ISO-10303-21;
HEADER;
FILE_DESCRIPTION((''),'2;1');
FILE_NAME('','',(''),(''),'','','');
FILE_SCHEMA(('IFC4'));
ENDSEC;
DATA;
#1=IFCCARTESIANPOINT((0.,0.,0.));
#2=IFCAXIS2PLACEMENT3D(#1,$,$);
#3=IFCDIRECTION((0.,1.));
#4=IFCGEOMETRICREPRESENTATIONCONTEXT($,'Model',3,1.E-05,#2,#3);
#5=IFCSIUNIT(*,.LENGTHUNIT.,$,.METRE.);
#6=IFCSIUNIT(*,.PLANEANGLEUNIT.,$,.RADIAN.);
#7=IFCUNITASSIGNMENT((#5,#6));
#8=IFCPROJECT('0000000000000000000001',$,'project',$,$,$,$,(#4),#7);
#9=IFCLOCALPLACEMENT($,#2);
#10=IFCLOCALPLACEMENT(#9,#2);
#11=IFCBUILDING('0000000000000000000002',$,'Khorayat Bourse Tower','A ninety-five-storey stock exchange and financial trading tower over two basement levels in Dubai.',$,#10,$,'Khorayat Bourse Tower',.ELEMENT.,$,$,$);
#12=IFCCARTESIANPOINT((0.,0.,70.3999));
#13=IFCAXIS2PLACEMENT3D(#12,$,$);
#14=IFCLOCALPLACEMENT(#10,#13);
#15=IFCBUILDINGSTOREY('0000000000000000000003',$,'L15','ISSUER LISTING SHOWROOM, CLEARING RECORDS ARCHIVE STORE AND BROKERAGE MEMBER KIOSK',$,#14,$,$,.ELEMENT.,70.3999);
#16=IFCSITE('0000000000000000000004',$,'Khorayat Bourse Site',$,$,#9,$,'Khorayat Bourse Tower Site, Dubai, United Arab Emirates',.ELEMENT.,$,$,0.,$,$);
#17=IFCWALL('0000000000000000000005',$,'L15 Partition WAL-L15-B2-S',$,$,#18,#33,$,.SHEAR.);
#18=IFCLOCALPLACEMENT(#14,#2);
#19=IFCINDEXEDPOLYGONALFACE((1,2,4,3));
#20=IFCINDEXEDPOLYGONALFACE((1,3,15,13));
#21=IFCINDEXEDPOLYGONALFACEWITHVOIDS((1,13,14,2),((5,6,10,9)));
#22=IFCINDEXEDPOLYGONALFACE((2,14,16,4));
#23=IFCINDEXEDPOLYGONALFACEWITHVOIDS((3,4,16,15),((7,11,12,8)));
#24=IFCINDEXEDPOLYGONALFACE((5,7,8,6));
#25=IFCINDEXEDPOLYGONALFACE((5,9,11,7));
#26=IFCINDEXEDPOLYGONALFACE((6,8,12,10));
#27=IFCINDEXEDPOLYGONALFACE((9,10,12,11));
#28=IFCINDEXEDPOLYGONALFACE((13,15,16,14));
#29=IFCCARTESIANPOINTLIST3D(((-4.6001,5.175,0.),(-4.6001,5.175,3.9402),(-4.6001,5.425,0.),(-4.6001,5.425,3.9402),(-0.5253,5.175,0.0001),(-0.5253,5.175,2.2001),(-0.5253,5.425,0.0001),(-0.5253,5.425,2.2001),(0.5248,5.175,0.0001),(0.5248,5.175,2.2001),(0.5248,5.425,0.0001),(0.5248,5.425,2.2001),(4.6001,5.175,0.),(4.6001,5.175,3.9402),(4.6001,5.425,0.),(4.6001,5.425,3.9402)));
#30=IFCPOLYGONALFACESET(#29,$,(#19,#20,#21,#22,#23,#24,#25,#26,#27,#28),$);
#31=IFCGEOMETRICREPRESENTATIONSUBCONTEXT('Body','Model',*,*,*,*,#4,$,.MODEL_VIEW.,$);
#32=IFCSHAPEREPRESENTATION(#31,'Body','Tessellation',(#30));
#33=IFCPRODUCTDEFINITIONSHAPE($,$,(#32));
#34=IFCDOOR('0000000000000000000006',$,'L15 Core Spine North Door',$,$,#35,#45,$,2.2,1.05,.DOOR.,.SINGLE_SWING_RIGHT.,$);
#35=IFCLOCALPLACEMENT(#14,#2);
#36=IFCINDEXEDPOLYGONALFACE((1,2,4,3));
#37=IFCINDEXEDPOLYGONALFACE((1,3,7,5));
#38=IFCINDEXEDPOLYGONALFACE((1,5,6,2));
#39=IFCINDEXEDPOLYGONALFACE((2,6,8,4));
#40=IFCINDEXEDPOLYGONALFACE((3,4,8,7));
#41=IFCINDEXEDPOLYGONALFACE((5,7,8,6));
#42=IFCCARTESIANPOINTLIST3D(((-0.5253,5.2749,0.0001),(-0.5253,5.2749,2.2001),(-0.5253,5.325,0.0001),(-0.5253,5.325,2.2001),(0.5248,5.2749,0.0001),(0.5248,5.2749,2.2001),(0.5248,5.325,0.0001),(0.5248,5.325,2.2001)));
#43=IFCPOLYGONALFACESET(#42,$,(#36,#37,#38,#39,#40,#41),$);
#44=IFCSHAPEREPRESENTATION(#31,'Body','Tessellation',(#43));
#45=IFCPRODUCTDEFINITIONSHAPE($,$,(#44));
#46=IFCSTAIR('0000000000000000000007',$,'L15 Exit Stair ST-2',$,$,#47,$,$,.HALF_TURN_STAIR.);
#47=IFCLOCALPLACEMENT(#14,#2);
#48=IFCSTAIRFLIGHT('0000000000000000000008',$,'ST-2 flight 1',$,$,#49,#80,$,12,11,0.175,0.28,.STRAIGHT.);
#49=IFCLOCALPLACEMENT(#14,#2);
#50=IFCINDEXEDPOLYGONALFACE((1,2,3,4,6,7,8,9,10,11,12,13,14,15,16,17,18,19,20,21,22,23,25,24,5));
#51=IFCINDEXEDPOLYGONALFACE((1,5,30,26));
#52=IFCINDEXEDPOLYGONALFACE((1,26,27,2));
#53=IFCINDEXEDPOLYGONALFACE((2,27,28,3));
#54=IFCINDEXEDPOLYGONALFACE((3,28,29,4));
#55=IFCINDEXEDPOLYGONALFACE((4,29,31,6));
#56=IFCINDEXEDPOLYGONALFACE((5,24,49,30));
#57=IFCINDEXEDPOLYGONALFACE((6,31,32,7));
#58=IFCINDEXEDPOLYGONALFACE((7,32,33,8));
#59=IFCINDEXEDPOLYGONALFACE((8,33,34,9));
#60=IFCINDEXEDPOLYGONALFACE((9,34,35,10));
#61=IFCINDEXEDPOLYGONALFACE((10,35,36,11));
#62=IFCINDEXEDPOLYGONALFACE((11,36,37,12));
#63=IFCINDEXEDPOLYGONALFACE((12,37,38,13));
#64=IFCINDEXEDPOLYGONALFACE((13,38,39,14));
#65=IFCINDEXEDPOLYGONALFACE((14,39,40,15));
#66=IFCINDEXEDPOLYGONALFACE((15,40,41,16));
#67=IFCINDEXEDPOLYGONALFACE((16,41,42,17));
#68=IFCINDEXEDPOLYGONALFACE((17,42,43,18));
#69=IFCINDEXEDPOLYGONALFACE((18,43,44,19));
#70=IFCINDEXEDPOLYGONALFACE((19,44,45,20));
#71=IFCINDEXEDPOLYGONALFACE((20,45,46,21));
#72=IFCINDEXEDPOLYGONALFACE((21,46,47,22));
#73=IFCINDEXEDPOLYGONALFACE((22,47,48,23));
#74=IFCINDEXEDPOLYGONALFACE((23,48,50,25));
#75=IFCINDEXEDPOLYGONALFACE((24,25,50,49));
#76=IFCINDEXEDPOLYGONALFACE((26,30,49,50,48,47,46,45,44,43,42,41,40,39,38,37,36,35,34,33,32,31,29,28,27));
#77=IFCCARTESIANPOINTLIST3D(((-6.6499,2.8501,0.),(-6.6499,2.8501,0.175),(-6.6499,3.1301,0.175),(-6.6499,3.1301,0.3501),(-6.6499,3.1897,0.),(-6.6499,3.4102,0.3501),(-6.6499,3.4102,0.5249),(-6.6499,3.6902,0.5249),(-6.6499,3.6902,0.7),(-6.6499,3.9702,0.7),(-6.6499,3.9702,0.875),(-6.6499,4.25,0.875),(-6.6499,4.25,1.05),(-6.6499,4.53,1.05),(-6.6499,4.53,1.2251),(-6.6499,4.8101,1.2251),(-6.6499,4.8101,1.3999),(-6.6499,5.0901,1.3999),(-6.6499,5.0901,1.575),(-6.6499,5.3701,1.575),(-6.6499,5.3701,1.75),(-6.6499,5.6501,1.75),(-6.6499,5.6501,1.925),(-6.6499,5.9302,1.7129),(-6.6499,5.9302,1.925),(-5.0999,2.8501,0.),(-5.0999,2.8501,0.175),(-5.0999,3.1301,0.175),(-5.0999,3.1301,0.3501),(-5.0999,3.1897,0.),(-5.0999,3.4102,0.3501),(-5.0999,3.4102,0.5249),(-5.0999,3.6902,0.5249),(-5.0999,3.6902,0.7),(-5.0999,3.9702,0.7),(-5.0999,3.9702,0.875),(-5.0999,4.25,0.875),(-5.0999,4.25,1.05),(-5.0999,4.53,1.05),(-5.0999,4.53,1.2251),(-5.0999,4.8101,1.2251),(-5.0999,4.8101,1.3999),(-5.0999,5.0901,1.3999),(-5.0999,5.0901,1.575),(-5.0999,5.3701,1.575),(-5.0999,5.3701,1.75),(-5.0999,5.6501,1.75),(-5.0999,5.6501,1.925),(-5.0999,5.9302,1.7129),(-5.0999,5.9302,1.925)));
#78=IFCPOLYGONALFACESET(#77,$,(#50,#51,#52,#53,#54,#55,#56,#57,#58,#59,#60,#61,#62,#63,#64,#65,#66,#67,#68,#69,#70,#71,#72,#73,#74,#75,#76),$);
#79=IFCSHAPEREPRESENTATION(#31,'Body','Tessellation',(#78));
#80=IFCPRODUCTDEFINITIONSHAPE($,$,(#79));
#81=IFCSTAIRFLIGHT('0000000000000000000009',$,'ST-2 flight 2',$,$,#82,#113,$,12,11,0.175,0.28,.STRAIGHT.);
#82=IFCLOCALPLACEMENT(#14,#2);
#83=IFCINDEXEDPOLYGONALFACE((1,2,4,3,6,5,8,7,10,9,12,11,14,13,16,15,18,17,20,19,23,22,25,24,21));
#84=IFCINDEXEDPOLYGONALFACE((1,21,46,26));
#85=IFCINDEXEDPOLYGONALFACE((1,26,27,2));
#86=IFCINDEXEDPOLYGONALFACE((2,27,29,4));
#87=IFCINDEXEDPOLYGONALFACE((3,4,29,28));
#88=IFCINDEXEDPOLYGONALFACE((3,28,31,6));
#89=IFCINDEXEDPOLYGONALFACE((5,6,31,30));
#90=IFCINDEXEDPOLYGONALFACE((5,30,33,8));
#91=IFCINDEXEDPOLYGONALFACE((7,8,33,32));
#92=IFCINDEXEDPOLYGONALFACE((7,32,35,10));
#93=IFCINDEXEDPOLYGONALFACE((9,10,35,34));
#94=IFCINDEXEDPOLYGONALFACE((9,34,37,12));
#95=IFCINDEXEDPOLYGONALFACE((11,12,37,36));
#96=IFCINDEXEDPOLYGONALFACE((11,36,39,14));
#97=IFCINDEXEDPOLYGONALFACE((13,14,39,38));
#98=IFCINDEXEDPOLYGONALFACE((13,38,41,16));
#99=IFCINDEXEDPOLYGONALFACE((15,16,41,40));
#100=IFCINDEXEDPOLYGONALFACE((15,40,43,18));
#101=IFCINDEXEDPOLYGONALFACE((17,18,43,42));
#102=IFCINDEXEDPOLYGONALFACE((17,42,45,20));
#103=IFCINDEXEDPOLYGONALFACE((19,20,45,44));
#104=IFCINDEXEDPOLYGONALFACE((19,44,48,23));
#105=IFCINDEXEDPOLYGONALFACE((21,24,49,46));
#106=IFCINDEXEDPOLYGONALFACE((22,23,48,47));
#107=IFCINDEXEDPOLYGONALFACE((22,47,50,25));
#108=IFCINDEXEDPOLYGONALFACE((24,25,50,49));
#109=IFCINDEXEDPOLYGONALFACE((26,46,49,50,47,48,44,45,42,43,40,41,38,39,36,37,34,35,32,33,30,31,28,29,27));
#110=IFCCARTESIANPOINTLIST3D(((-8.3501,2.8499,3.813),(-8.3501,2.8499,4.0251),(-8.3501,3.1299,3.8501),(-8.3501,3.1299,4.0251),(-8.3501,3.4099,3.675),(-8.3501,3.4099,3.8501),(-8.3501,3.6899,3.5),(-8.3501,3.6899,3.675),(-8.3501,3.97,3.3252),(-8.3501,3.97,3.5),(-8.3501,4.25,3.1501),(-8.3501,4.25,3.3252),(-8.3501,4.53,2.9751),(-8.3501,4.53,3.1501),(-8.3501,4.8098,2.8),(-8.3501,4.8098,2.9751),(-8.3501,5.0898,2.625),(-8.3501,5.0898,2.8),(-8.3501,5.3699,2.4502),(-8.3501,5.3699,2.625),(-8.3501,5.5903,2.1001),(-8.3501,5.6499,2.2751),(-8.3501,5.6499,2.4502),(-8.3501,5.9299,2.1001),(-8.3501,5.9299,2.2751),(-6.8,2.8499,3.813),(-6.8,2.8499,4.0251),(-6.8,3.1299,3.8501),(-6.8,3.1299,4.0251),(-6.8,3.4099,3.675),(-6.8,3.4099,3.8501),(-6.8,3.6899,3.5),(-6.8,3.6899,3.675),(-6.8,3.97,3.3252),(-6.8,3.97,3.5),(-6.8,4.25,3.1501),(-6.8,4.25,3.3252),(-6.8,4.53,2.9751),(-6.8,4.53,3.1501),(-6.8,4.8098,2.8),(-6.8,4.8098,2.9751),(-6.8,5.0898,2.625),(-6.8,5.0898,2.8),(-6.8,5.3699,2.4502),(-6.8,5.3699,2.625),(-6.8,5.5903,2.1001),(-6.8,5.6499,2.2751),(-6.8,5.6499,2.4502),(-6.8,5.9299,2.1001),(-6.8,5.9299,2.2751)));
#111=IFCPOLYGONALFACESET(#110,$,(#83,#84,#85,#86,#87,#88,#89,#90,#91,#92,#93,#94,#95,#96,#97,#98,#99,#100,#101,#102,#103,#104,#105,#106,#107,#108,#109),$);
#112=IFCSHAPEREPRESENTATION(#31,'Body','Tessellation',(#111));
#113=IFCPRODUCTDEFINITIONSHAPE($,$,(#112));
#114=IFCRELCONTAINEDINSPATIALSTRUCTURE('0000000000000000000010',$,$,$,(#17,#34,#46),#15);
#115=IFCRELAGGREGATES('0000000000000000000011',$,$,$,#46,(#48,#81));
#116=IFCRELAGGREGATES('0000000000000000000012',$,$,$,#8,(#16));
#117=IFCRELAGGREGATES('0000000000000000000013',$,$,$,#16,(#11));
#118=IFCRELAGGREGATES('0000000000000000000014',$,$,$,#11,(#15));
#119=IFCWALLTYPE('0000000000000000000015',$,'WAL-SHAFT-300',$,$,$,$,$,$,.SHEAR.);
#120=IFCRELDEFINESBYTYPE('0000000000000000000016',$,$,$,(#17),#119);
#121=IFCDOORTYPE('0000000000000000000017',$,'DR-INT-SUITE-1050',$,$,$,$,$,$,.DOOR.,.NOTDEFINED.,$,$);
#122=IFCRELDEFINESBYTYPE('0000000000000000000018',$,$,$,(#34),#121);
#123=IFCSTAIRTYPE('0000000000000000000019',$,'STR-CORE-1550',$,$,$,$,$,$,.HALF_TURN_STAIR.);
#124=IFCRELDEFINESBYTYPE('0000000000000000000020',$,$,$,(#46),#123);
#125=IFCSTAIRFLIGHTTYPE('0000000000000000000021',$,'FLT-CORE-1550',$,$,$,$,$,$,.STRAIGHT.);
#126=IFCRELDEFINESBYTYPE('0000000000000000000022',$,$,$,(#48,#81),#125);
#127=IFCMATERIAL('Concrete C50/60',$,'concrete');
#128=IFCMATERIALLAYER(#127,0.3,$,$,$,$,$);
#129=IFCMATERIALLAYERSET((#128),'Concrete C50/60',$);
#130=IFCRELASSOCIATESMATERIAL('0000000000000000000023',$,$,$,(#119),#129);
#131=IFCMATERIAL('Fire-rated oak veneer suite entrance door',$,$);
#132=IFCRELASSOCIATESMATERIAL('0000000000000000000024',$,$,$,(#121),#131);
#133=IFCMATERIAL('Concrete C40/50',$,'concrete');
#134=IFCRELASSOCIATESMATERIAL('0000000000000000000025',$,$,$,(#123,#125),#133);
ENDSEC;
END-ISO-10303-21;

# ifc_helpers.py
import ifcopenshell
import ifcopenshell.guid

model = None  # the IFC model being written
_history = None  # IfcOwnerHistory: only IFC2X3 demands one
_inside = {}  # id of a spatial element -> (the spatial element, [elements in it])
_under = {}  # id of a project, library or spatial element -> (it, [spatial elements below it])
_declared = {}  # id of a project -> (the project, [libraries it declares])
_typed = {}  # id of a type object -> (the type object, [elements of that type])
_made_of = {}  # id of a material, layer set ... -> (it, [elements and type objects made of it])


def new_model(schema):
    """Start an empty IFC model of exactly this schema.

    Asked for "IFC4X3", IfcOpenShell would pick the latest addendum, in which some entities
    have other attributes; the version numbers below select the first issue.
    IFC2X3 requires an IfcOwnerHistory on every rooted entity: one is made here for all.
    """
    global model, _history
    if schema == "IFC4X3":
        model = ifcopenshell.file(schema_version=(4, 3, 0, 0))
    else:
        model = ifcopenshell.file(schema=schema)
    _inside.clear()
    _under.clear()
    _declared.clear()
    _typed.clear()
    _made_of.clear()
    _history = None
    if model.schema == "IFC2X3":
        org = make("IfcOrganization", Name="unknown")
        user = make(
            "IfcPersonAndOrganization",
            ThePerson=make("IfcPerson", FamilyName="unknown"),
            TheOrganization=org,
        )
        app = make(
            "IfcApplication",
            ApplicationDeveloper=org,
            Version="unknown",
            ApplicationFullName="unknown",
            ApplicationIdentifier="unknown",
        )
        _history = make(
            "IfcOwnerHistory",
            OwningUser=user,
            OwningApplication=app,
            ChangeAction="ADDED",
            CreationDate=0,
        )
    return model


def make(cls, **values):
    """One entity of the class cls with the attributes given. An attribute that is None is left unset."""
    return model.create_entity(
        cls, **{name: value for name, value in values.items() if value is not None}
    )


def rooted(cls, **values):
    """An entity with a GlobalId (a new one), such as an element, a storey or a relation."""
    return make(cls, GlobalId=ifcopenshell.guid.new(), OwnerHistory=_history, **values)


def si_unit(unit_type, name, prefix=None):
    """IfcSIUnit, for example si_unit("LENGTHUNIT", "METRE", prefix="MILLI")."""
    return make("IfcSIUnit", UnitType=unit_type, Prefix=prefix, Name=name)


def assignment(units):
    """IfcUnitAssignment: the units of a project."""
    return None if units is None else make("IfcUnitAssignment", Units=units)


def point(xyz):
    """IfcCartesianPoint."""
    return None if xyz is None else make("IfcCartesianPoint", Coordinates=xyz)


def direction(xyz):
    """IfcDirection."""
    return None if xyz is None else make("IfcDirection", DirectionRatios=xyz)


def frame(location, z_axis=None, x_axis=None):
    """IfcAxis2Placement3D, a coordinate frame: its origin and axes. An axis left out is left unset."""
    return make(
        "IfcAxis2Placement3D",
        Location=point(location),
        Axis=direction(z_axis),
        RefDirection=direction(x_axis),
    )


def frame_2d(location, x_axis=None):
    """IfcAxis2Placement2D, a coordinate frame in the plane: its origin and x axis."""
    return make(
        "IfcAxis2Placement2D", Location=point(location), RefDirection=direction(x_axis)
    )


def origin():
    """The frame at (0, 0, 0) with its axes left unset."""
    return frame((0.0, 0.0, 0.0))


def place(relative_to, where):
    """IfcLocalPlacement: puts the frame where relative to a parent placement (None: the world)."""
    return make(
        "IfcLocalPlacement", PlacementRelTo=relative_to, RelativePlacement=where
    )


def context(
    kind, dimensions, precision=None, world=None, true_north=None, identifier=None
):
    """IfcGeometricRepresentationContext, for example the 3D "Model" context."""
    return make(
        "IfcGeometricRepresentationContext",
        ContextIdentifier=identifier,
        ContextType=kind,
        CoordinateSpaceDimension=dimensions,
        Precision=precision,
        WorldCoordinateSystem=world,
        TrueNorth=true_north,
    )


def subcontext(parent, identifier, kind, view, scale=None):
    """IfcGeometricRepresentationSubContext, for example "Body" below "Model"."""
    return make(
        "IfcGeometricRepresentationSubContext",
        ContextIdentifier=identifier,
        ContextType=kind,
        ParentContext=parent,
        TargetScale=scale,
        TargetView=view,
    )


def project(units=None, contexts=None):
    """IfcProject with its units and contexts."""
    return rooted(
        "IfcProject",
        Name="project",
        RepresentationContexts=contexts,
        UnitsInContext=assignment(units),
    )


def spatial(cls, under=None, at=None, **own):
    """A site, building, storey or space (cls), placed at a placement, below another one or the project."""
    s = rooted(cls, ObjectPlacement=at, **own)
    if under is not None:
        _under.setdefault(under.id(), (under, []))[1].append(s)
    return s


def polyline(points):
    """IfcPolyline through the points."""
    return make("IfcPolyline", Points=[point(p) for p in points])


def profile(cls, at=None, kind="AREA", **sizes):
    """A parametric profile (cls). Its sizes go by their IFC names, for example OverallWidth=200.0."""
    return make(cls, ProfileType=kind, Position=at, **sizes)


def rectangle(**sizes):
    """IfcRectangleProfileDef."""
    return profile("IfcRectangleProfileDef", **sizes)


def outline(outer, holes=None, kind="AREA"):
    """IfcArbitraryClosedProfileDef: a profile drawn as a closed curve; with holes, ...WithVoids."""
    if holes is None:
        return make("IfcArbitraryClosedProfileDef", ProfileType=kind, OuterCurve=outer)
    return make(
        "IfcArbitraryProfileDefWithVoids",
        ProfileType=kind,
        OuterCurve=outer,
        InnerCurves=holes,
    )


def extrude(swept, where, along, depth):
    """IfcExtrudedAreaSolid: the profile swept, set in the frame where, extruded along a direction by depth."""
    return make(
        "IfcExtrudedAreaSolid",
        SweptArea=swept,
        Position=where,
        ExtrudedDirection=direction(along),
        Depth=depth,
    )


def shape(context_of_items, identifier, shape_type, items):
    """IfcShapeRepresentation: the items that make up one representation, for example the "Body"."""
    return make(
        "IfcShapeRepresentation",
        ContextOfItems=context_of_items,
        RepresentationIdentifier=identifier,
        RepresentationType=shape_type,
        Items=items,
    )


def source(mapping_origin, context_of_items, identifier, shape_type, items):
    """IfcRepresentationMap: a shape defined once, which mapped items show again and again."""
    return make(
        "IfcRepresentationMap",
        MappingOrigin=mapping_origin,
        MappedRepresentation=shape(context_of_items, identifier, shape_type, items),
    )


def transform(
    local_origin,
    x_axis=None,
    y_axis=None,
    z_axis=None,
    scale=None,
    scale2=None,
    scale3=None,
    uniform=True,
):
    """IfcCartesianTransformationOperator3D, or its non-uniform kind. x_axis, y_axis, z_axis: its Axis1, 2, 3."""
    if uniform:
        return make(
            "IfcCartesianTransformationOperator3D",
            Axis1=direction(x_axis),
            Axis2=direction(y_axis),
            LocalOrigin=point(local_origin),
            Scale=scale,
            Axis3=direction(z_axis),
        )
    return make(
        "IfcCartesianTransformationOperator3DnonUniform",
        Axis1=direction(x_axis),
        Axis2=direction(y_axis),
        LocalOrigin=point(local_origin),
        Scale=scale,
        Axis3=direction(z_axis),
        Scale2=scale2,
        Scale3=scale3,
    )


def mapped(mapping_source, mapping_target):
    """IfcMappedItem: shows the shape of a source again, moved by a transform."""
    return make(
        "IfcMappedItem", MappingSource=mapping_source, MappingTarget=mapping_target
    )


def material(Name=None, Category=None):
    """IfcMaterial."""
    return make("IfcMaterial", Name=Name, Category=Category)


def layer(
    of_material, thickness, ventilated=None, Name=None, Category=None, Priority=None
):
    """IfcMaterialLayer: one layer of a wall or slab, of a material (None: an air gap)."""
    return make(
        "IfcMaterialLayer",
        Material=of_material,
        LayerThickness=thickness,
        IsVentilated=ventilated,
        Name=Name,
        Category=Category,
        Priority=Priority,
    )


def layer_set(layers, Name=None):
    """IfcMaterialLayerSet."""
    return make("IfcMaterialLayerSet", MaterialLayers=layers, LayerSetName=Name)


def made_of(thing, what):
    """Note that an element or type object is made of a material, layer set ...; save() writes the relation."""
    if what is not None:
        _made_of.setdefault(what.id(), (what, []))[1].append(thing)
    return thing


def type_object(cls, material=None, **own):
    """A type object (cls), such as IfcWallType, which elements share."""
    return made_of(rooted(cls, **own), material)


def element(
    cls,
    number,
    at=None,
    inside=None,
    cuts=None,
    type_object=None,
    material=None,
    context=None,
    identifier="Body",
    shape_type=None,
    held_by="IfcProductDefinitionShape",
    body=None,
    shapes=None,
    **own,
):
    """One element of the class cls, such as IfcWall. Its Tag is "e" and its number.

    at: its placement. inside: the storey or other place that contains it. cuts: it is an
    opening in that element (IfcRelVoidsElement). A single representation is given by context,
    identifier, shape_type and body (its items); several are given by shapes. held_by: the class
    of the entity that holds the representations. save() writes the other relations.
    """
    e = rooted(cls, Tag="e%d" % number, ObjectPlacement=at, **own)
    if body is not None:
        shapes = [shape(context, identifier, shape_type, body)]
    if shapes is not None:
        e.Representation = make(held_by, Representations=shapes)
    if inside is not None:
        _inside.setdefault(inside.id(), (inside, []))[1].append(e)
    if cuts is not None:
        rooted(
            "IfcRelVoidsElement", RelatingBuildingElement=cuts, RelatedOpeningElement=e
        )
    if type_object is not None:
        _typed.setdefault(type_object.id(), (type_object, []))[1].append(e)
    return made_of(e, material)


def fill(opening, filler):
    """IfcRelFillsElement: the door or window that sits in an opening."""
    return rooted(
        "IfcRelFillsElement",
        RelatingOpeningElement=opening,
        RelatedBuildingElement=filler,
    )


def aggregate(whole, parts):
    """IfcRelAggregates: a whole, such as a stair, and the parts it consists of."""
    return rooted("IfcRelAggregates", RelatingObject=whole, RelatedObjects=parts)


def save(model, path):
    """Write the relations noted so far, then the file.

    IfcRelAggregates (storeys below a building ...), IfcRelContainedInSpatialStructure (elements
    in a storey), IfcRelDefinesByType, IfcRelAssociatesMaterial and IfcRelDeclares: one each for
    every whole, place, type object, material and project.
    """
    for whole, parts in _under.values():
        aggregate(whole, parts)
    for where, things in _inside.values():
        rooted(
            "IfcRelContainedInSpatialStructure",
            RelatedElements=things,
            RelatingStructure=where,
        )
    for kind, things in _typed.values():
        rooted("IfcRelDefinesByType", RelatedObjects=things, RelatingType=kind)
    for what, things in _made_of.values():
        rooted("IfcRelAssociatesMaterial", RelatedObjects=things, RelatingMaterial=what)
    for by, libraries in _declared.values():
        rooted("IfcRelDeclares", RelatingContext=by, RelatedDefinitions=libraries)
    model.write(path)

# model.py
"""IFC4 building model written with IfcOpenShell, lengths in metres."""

from ifc_helpers import new_model, si_unit, direction, frame, frame_2d, origin, place, context, subcontext, project, spatial, polyline, rectangle, outline, extrude, source, transform, mapped, material, layer, layer_set, type_object, element, fill, aggregate, save


model = new_model("IFC4")

# Units and contexts
model_context = context("Model", 3, precision=1e-05, world=origin(), true_north=direction((0.0, 1.0)))
body_context = subcontext(model_context, "Body", "Model", "MODEL_VIEW")
ifc_project = project(units=[si_unit("LENGTHUNIT", "METRE"), si_unit("PLANEANGLEUNIT", "RADIAN")], contexts=[model_context])

# Site, building, storey
site_placement = place(None, origin())
site = spatial("IfcSite", under=ifc_project, at=site_placement, Name="Khorayat Bourse Site", LongName="Khorayat Bourse Tower Site, Dubai, United Arab Emirates", CompositionType="ELEMENT", RefElevation=0.0)
building_placement = place(site_placement, origin())
building = spatial("IfcBuilding", under=site, at=building_placement, Name="Khorayat Bourse Tower", Description="A ninety-five-storey stock exchange and financial trading tower over two basement levels in Dubai.", LongName="Khorayat Bourse Tower", CompositionType="ELEMENT")
storey_placement = place(building_placement, frame((0.0, 0.0, 70.3999)))
storey = spatial("IfcBuildingStorey", under=building, at=storey_placement, Name="L15", Description="ISSUER LISTING SHOWROOM, CLEARING RECORDS ARCHIVE STORE AND BROKERAGE MEMBER KIOSK", CompositionType="ELEMENT", Elevation=70.3999)

# Shared definitions
ifc_material_1 = material(Name="Concrete C50/60", Category="concrete")
ifc_layer_1 = layer(ifc_material_1, 0.3)
ifc_layer_set_1 = layer_set([ifc_layer_1], Name="Concrete C50/60")
wall_type_1 = type_object("IfcWallType", Name="WAL-SHAFT-300", PredefinedType="SHEAR", material=ifc_layer_set_1)

# Wall, opening, door
shared_shape_1 = source(origin(), body_context, "Body", "SweptSolid", [
    extrude(rectangle(XDim=9.2002, YDim=0.25, at=frame_2d((4.6001, 0.0))), origin(), (0.0, 0.0, 1.0), 3.9402),
])
wall_1_placement = place(storey_placement, frame((-4.6001, 5.3, 0.0), z_axis=(0.0, 0.0, 1.0), x_axis=(1.0, 0.0, 0.0)))
wall_1 = element("IfcWall", 1, at=wall_1_placement, inside=storey, type_object=wall_type_1, Name="L15 Partition WAL-L15-B2-S", PredefinedType="SHEAR", context=body_context, shape_type="MappedRepresentation", body=[
    mapped(shared_shape_1, transform((0.0, 0.0, 0.0), scale=1.0)),
])
shared_shape_2 = source(origin(), body_context, "Body", "SweptSolid", [
    extrude(rectangle(XDim=1.05, YDim=2.2, at=frame_2d((0.5249, 1.1001))), frame((0.0, 0.135, 0.0), z_axis=(0.0, -1.0, 0.0), x_axis=(1.0, 0.0, 0.0)), (0.0, 0.0, 1.0), 0.27),
])
opening_placement = place(wall_1_placement, frame((4.075, 0.0, 0.0)))
opening = element("IfcOpeningElement", 2, at=opening_placement, cuts=wall_1, PredefinedType="OPENING", context=body_context, shape_type="MappedRepresentation", body=[
    mapped(shared_shape_2, transform((0.0, 0.0, 0.0), scale=1.0)),
])
ifc_material_2 = material(Name="Fire-rated oak veneer suite entrance door")
door_type = type_object("IfcDoorType", Name="DR-INT-SUITE-1050", OperationType="NOTDEFINED", PredefinedType="DOOR", material=ifc_material_2)
shared_shape_3 = source(origin(), body_context, "Body", "SweptSolid", [
    extrude(rectangle(XDim=1.05, YDim=2.2, at=frame_2d((0.5249, 1.1001))), frame((0.0, 0.0249, 0.0), z_axis=(0.0, -1.0, 0.0), x_axis=(1.0, 0.0, 0.0)), (0.0, 0.0, 1.0), 0.05),
])
door_placement = place(opening_placement, origin())
door = element("IfcDoor", 3, at=door_placement, inside=storey, type_object=door_type, Name="L15 Core Spine North Door", OperationType="SINGLE_SWING_RIGHT", OverallHeight=2.2, OverallWidth=1.05, PredefinedType="DOOR", context=body_context, shape_type="MappedRepresentation", body=[
    mapped(shared_shape_3, transform((0.0, 0.0, 0.0), scale=1.0)),
])
fill(opening, door)

# Stair, stair flights
ifc_material_3 = material(Name="Concrete C40/50", Category="concrete")
stair_type = type_object("IfcStairType", Name="STR-CORE-1550", PredefinedType="HALF_TURN_STAIR", material=ifc_material_3)
stair_placement = place(storey_placement, origin())
stair = element("IfcStair", 4, at=stair_placement, inside=storey, type_object=stair_type, Name="L15 Exit Stair ST-2", PredefinedType="HALF_TURN_STAIR")
stair_flight_type = type_object("IfcStairFlightType", Name="FLT-CORE-1550", PredefinedType="STRAIGHT", material=ifc_material_3)
shared_shape_4 = source(origin(), body_context, "Body", "SweptSolid", [
    extrude(outline(polyline([(0.0, 0.0), (0.0, 0.175), (0.28, 0.175), (0.28, 0.3501), (0.5601, 0.3501), (0.5601, 0.5249), (0.8401, 0.5249), (0.8401, 0.7), (1.1201, 0.7), (1.1201, 0.875), (1.3999, 0.875), (1.3999, 1.05), (1.6799, 1.05), (1.6799, 1.2251), (1.96, 1.2251), (1.96, 1.3999), (2.24, 1.3999), (2.24, 1.575), (2.52, 1.575), (2.52, 1.75), (2.8, 1.75), (2.8, 1.925), (3.0801, 1.925), (3.0801, 2.1001), (3.0801, 1.7129), (0.3396, 0.0), (0.0, 0.0)])), frame((0.0, 0.7749, 0.0), z_axis=(0.0, -1.0, 0.0), x_axis=(1.0, 0.0, 0.0)), (0.0, 0.0, 1.0), 1.55),
])
stair_flight_1_placement = place(storey_placement, frame((-5.875, 2.8501, 0.0), z_axis=(0.0, 0.0, 1.0), x_axis=(0.0, 1.0, 0.0)))
stair_flight_1 = element("IfcStairFlight", 5, at=stair_flight_1_placement, type_object=stair_flight_type, Name="ST-2 flight 1", NumberOfRisers=12, NumberOfTreads=11, PredefinedType="STRAIGHT", RiserHeight=0.175, TreadLength=0.28, context=body_context, shape_type="MappedRepresentation", body=[
    mapped(shared_shape_4, transform((0.0, 0.0, 0.0), scale=1.0)),
])
stair_flight_2_placement = place(storey_placement, frame((-7.575, 5.9299, 2.1001), z_axis=(0.0, 0.0, 1.0), x_axis=(0.0, -1.0, 0.0)))
stair_flight_2 = element("IfcStairFlight", 6, at=stair_flight_2_placement, type_object=stair_flight_type, Name="ST-2 flight 2", NumberOfRisers=12, NumberOfTreads=11, PredefinedType="STRAIGHT", RiserHeight=0.175, TreadLength=0.28, context=body_context, shape_type="MappedRepresentation", body=[
    mapped(shared_shape_4, transform((0.0, 0.0, 0.0), scale=1.0)),
])
aggregate(stair, [stair_flight_1, stair_flight_2])

save(model, "model.ifc")
